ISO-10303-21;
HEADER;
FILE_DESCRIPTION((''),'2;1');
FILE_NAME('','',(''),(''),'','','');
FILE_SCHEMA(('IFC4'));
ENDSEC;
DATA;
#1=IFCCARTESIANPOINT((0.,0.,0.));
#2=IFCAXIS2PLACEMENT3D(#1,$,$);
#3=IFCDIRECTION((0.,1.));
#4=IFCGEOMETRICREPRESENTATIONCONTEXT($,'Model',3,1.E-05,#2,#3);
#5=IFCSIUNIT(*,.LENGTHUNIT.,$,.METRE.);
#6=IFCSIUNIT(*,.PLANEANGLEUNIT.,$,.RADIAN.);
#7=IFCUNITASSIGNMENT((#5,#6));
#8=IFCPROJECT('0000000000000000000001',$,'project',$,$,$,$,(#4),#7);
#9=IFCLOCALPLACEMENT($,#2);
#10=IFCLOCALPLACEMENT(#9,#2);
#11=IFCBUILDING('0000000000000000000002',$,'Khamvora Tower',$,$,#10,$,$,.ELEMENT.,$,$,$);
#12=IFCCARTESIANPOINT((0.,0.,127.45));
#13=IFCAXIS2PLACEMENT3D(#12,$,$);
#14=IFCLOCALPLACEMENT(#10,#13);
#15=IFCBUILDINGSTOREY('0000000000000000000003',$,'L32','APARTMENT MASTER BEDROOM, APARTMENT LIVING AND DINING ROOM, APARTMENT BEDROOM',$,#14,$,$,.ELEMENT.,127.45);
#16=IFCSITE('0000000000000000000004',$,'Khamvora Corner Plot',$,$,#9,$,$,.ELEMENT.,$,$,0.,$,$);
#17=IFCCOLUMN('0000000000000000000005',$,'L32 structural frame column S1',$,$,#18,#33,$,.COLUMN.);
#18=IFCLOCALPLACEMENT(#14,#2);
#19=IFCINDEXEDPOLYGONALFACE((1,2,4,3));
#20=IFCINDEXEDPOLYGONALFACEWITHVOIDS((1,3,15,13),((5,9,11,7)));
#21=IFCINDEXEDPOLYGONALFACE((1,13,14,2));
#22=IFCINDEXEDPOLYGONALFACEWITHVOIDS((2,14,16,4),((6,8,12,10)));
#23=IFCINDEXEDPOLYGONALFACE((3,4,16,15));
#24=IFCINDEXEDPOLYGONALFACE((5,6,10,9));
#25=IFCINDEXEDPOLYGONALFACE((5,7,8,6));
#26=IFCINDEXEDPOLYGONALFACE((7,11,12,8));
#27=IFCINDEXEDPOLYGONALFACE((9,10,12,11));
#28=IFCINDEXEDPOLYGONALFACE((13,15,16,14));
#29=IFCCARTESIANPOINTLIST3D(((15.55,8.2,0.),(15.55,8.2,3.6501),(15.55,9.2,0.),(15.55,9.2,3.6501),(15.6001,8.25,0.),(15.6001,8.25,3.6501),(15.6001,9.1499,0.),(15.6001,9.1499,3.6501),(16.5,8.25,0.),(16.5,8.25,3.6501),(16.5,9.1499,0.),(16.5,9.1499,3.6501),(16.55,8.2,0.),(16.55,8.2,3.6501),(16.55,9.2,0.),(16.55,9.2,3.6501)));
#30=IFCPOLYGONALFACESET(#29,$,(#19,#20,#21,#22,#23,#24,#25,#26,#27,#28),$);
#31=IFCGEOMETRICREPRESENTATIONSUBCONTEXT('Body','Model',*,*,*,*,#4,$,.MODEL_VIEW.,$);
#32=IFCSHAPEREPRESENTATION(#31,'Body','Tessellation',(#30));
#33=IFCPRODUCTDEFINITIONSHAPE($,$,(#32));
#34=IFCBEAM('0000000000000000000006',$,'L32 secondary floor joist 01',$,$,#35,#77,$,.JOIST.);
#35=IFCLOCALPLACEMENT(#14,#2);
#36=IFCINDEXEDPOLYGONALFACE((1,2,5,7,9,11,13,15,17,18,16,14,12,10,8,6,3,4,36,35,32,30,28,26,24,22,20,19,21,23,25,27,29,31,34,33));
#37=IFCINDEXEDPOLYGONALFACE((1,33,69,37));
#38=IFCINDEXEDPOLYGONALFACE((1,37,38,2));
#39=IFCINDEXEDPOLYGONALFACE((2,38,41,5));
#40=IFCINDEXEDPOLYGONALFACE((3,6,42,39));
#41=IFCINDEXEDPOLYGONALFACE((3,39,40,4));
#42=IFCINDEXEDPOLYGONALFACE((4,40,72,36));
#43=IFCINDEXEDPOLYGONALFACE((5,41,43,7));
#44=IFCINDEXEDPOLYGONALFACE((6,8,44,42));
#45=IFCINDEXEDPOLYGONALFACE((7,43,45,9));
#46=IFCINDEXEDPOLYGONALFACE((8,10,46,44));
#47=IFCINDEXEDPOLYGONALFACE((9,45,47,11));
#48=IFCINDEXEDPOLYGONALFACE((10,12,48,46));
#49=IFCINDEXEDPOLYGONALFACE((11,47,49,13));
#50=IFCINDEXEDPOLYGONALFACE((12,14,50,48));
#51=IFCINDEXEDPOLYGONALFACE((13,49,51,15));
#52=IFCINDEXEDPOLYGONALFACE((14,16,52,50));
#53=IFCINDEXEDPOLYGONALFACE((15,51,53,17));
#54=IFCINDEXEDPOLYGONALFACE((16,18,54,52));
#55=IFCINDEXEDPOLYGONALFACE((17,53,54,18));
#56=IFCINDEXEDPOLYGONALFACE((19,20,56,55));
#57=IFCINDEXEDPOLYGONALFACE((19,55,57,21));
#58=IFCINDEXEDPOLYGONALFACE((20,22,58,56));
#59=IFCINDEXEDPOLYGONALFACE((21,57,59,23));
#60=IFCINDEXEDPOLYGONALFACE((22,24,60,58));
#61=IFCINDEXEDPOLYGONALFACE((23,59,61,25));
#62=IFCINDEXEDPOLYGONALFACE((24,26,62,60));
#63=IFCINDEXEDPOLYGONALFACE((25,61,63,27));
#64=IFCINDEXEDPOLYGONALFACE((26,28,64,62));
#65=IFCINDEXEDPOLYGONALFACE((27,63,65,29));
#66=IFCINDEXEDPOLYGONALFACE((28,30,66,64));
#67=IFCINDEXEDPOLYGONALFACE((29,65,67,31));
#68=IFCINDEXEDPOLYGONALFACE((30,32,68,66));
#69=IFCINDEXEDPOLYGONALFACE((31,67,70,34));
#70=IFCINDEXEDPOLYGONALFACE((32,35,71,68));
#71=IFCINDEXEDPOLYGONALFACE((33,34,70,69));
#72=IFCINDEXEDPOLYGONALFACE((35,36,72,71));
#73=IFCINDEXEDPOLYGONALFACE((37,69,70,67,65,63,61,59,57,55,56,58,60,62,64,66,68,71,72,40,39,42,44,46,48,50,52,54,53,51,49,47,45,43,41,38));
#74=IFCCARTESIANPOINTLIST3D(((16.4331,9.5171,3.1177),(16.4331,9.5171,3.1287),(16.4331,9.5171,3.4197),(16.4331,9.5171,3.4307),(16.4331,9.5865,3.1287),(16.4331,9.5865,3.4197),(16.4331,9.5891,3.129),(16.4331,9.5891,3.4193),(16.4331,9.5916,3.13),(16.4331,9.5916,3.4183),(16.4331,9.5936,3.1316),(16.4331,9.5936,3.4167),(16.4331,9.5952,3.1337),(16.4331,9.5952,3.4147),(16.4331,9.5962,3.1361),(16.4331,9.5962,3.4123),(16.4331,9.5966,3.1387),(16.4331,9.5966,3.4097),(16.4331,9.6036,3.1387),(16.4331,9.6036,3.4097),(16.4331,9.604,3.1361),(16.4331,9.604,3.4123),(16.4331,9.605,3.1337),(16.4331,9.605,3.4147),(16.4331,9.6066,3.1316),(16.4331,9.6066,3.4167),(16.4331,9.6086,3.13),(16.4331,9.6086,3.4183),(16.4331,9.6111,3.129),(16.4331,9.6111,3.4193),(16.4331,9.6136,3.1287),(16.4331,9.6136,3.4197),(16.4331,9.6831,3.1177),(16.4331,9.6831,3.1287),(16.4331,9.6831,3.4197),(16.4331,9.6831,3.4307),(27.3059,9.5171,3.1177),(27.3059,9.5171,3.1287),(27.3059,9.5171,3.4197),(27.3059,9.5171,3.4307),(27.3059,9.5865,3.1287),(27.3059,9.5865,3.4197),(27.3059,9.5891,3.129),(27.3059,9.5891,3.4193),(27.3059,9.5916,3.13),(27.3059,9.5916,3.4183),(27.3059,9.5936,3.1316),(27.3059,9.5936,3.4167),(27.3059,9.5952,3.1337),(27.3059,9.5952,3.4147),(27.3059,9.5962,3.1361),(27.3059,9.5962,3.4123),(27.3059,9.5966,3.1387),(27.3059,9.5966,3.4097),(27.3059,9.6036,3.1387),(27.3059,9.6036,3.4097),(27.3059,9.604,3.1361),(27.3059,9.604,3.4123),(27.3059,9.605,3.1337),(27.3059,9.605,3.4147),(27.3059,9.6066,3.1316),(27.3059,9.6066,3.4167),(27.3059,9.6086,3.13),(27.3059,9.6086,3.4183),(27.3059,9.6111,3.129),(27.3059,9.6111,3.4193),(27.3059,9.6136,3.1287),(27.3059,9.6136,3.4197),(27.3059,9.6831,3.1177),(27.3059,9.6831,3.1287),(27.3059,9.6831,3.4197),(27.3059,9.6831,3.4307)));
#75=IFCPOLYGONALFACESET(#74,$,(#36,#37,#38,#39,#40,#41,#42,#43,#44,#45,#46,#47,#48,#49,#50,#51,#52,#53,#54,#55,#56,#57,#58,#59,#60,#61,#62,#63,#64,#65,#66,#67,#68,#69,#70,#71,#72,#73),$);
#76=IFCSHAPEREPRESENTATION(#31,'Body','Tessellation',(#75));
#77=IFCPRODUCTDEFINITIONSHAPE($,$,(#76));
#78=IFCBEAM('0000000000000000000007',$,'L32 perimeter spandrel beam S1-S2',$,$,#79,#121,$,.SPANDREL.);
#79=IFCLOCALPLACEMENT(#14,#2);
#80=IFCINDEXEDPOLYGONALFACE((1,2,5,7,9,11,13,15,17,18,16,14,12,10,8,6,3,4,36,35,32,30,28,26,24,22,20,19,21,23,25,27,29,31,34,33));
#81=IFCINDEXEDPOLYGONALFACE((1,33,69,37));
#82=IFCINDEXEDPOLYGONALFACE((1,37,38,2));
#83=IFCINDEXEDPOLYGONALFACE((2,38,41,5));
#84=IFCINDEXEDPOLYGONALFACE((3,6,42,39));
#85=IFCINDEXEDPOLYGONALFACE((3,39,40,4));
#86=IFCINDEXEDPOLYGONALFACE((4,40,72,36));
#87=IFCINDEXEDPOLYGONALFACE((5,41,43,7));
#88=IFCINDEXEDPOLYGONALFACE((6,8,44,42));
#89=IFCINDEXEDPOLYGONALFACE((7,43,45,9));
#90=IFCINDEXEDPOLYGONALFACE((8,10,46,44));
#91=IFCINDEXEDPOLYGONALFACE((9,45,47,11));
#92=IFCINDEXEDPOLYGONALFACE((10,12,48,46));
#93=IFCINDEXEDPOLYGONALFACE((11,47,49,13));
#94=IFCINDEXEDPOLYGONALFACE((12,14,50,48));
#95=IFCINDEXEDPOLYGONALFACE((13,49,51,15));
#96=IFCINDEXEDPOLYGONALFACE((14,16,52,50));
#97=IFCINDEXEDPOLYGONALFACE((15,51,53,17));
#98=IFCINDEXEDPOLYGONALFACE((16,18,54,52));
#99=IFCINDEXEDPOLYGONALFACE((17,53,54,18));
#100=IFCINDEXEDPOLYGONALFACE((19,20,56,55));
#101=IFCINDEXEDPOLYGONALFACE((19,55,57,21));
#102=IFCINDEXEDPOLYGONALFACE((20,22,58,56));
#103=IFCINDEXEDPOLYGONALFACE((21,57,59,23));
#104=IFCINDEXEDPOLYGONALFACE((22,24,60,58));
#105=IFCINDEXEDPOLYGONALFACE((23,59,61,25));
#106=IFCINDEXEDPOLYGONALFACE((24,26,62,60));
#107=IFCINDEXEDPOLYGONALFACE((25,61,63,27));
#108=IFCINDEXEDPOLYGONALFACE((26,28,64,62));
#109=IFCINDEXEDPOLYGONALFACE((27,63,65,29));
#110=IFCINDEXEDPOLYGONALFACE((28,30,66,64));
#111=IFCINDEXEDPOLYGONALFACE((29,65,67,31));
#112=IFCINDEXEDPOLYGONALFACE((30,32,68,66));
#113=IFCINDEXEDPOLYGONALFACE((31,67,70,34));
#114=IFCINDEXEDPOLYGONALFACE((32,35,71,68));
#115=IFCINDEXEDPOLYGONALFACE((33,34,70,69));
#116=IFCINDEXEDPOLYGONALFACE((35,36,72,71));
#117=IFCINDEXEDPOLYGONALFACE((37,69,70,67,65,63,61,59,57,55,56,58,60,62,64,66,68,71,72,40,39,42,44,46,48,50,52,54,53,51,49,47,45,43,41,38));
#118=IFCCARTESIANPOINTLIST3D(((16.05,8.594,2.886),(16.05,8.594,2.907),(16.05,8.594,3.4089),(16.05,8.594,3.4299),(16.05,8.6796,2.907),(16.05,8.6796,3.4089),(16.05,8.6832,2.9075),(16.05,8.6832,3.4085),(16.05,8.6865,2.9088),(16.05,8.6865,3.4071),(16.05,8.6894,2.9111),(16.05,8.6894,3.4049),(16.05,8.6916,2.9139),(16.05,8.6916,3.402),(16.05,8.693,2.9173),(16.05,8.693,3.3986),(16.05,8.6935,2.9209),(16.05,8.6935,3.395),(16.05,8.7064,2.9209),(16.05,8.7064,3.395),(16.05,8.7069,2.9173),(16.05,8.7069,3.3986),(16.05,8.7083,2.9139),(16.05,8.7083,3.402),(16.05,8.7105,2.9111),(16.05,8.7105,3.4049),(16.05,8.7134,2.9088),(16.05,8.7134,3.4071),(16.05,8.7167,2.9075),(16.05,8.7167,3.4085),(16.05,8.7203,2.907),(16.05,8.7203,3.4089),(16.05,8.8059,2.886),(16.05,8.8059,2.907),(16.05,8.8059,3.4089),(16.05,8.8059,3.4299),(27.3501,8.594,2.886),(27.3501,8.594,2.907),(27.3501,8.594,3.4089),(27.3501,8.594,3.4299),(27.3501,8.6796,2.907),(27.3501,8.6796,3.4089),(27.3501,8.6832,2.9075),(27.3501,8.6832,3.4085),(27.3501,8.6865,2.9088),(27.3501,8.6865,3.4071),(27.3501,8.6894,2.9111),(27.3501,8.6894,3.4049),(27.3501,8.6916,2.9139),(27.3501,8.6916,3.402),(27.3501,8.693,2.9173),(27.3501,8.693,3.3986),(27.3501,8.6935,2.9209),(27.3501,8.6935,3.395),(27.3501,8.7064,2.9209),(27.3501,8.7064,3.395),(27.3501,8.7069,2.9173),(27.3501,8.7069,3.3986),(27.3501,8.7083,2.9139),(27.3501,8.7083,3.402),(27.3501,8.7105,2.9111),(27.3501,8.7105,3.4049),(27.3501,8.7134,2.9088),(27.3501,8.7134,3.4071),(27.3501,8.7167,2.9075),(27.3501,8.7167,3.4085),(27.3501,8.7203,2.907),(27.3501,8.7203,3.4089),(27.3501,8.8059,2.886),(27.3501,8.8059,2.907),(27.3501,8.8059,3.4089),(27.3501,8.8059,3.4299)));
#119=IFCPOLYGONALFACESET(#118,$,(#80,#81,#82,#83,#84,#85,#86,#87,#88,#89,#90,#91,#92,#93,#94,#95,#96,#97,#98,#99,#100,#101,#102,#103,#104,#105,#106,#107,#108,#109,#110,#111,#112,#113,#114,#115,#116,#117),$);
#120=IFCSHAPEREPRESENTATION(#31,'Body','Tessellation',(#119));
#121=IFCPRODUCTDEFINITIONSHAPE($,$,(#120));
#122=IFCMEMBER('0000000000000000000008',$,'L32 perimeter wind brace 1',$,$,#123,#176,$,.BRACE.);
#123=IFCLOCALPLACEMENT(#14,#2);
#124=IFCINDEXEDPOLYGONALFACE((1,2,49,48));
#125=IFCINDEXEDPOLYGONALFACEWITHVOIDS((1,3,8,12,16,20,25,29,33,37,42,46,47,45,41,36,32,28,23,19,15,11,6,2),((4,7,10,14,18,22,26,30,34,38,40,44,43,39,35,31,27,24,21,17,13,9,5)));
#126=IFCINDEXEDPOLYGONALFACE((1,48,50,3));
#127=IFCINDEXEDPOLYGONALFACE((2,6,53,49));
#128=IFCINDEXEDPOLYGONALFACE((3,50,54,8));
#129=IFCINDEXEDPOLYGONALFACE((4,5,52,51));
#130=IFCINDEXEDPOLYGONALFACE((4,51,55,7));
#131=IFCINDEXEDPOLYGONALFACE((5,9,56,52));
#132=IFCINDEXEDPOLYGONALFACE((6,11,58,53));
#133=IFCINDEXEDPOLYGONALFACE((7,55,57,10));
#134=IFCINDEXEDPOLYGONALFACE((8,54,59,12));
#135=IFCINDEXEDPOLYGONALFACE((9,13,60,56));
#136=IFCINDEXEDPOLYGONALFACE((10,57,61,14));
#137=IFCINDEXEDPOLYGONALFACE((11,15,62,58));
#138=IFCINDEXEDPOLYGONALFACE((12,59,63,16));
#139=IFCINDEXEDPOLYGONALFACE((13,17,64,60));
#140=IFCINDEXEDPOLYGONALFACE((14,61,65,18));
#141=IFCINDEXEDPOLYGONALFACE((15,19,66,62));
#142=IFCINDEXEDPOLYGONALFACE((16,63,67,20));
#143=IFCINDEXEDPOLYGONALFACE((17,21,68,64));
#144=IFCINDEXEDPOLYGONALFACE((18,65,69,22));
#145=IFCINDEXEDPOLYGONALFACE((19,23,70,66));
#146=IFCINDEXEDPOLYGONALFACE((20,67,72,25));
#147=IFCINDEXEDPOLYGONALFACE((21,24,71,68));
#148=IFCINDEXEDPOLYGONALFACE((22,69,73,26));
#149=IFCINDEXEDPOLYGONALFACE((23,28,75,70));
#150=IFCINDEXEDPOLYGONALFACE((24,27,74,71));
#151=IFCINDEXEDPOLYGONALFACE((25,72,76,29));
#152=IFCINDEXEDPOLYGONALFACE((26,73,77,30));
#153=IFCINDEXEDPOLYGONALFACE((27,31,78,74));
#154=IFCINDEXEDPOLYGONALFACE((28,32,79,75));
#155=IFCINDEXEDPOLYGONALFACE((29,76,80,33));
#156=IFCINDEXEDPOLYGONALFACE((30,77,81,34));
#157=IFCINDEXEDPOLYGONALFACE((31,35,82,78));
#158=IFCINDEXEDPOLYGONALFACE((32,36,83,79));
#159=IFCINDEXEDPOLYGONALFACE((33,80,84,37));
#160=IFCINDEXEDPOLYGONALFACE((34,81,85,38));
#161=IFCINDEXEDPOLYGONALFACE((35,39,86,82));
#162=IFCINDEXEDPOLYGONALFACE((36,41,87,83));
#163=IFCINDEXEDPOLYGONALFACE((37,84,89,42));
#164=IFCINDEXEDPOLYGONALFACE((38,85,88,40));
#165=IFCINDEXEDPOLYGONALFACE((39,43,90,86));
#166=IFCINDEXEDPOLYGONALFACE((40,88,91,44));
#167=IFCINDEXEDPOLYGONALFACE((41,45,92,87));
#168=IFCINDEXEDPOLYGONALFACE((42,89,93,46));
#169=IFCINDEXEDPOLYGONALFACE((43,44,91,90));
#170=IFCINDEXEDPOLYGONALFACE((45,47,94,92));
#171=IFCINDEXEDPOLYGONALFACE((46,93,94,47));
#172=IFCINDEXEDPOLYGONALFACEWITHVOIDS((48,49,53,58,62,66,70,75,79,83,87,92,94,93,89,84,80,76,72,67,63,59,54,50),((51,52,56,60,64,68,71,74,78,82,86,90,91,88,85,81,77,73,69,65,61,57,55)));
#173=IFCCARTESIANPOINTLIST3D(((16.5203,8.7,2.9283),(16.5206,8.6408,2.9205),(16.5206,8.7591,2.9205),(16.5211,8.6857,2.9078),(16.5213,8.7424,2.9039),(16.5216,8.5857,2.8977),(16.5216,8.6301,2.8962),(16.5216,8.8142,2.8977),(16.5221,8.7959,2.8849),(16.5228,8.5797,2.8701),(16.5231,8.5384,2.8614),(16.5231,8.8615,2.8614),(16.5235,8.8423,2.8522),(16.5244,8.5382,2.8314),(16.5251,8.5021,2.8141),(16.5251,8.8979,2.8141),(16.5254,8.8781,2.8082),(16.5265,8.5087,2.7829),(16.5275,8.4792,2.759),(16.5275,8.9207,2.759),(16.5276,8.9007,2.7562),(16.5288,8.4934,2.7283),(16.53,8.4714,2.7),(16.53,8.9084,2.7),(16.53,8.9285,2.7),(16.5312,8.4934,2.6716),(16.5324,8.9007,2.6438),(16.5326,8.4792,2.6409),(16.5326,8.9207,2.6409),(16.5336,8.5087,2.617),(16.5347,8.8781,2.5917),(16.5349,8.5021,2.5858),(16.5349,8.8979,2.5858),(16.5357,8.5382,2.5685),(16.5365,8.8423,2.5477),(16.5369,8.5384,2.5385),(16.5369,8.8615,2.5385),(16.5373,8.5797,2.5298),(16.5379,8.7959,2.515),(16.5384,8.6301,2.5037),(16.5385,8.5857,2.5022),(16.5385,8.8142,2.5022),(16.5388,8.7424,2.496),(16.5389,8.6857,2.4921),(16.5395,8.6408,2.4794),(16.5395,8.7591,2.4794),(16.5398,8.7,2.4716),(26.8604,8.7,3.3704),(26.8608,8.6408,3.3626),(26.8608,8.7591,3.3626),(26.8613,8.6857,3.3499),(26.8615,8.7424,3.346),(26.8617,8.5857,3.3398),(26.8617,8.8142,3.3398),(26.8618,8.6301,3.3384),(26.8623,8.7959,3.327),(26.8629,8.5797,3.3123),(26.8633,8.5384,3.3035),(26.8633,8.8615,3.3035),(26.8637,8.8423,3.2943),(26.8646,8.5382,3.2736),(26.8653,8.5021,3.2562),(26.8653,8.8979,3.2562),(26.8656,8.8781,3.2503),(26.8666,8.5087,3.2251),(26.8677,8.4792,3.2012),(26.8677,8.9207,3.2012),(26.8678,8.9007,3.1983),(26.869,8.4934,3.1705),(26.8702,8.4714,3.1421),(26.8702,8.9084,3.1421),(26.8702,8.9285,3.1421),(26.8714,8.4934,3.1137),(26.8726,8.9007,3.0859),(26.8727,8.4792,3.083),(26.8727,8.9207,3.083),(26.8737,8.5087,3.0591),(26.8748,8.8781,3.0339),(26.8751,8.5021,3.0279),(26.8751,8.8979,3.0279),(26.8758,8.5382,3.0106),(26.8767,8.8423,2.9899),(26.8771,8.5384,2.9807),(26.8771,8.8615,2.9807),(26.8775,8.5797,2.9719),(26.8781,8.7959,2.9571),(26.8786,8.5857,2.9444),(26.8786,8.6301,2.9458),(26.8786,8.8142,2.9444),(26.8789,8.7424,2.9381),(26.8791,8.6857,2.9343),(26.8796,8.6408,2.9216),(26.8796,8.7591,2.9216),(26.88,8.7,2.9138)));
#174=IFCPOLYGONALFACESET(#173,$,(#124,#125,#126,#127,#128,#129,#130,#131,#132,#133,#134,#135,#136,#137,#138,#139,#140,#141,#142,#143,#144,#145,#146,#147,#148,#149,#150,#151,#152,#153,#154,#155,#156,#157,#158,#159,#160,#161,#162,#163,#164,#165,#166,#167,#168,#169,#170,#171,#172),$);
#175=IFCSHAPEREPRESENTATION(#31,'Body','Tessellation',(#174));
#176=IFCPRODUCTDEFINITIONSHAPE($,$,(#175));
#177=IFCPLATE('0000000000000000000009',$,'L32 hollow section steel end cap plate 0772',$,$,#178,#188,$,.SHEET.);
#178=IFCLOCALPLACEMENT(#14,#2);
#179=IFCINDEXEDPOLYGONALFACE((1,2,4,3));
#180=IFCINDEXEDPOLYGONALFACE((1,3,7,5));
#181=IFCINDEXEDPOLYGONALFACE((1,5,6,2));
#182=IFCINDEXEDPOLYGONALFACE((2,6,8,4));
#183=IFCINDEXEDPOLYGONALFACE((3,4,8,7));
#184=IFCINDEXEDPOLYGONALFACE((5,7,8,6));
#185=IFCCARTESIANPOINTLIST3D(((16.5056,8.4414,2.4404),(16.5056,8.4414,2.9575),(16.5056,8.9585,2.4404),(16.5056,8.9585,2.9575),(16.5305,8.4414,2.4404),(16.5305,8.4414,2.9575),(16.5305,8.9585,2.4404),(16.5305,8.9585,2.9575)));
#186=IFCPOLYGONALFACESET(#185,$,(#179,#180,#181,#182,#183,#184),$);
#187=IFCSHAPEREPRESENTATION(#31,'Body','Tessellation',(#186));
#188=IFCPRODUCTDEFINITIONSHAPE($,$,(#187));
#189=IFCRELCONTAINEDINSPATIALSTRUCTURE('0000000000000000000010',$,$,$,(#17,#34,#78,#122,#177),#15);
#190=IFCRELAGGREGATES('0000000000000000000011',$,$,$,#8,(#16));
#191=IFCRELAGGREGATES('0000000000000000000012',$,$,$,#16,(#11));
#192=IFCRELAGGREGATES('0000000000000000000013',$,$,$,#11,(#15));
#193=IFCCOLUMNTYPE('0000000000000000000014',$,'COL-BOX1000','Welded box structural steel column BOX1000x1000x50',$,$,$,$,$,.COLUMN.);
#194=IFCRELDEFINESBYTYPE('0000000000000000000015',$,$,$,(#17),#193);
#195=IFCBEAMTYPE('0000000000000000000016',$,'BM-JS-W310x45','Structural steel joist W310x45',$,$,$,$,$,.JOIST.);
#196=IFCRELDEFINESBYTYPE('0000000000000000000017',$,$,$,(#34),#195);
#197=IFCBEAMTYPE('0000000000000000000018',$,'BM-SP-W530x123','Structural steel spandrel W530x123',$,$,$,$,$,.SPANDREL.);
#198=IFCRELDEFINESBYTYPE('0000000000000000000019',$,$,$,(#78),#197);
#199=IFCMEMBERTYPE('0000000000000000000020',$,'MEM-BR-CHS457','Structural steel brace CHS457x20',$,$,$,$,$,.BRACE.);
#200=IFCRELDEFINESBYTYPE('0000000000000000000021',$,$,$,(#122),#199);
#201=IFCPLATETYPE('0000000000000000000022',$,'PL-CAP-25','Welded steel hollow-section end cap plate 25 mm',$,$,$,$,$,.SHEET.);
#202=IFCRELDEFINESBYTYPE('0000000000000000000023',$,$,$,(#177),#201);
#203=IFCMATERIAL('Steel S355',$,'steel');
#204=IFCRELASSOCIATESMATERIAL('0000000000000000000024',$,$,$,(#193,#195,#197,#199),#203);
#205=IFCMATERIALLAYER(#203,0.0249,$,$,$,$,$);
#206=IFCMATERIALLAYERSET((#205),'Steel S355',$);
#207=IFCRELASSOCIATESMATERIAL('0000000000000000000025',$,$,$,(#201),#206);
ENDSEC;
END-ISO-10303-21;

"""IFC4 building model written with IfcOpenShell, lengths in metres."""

from ifc_helpers import new_model, si_unit, direction, frame, origin, origin_2d, place, context, subcontext, project, spatial, rectangle, hollow_rectangle, hollow_circle, i_section, extrude, material, layer, layer_set, material_profile, profile_set, type_object, element, save


model = new_model("IFC4")

# Units and contexts
model_context = context("Model", 3, precision=1e-05, world=origin(), true_north=direction((0.0, 1.0)))
body_context = subcontext(model_context, "Body", "Model", "MODEL_VIEW")
ifc_project = project(units=[si_unit("LENGTHUNIT", "METRE"), si_unit("PLANEANGLEUNIT", "RADIAN")], contexts=[model_context])

# Site, building, storey
site_placement = place(None, origin())
site = spatial("IfcSite", under=ifc_project, at=site_placement, Name="Khamvora Corner Plot", CompositionType="ELEMENT", RefElevation=0.0)
building_placement = place(site_placement, origin())
building = spatial("IfcBuilding", under=site, at=building_placement, Name="Khamvora Tower", CompositionType="ELEMENT")
storey_placement = place(building_placement, frame((0.0, 0.0, 127.45)))
storey = spatial("IfcBuildingStorey", under=building, at=storey_placement, Name="L32", Description="APARTMENT MASTER BEDROOM, APARTMENT LIVING AND DINING ROOM, APARTMENT BEDROOM", CompositionType="ELEMENT", Elevation=127.45)

# Column
ifc_material_1 = material(Name="Steel S355", Category="steel")
ifc_material_profile_1 = material_profile(ifc_material_1, hollow_rectangle(XDim=1.0, YDim=1.0, WallThickness=0.05, at=origin_2d()), Name="BOX1000x1000x50")
ifc_profile_set_1 = profile_set([ifc_material_profile_1], Name="Steel S355")
column_type = type_object("IfcColumnType", Name="COL-BOX1000", Description="Welded box structural steel column BOX1000x1000x50", PredefinedType="COLUMN", material=ifc_profile_set_1)
column_placement = place(storey_placement, frame((16.05, 8.7, 0.0), z_axis=(0.0, 0.0, 1.0), x_axis=(1.0, 0.0, 0.0)))
element("IfcColumn", 1, at=column_placement, inside=storey, type_object=column_type, Name="L32 structural frame column S1", PredefinedType="COLUMN", context=body_context, shape_type="SweptSolid", body=[
    extrude(hollow_rectangle(XDim=1.0, YDim=1.0, WallThickness=0.05, at=origin_2d()), origin(), (0.0, 0.0, 1.0), 3.6501),
])

# Beams
ifc_material_profile_2 = material_profile(ifc_material_1, i_section(OverallWidth=0.166, OverallDepth=0.313, WebThickness=0.0071, FlangeThickness=0.011, FilletRadius=0.01, at=origin_2d()), Name="W310x45")
ifc_profile_set_2 = profile_set([ifc_material_profile_2], Name="Steel S355")
beam_type_1 = type_object("IfcBeamType", Name="BM-JS-W310x45", Description="Structural steel joist W310x45", PredefinedType="JOIST", material=ifc_profile_set_2)
beam_1_placement = place(storey_placement, frame((16.4331, 9.6001, 3.2742), z_axis=(1.0, 0.0, 0.0), x_axis=(0.0, 1.0, 0.0)))
element("IfcBeam", 2, at=beam_1_placement, inside=storey, type_object=beam_type_1, Name="L32 secondary floor joist 01", PredefinedType="JOIST", context=body_context, shape_type="SweptSolid", body=[
    extrude(i_section(OverallWidth=0.166, OverallDepth=0.313, WebThickness=0.0071, FlangeThickness=0.011, FilletRadius=0.01, at=origin_2d()), origin(), (0.0, 0.0, 1.0), 10.8728),
])
ifc_material_profile_3 = material_profile(ifc_material_1, i_section(OverallWidth=0.2119, OverallDepth=0.5439, WebThickness=0.0129, FlangeThickness=0.021, FilletRadius=0.0139, at=origin_2d()), Name="W530x123")
ifc_profile_set_3 = profile_set([ifc_material_profile_3], Name="Steel S355")
beam_type_2 = type_object("IfcBeamType", Name="BM-SP-W530x123", Description="Structural steel spandrel W530x123", PredefinedType="SPANDREL", material=ifc_profile_set_3)
beam_2_placement = place(storey_placement, frame((16.05, 8.7, 3.158), z_axis=(1.0, 0.0, 0.0), x_axis=(0.0, 1.0, 0.0)))
element("IfcBeam", 3, at=beam_2_placement, inside=storey, type_object=beam_type_2, Name="L32 perimeter spandrel beam S1-S2", PredefinedType="SPANDREL", context=body_context, shape_type="SweptSolid", body=[
    extrude(i_section(OverallWidth=0.2119, OverallDepth=0.5439, WebThickness=0.0129, FlangeThickness=0.021, FilletRadius=0.0139, at=origin_2d()), origin(), (0.0, 0.0, 1.0), 11.3),
])

# Member
ifc_material_profile_4 = material_profile(ifc_material_1, hollow_circle(Radius=0.2285, WallThickness=0.02, at=origin_2d()), Name="CHS457x20")
ifc_profile_set_4 = profile_set([ifc_material_profile_4], Name="Steel S355")
member_type = type_object("IfcMemberType", Name="MEM-BR-CHS457", Description="Structural steel brace CHS457x20", PredefinedType="BRACE", material=ifc_profile_set_4)
member_placement = place(storey_placement, frame((16.53, 8.7, 2.7), z_axis=(0.999087, 0.0, 0.042721), x_axis=(0.0, 1.0, 0.0)))
element("IfcMember", 4, at=member_placement, inside=storey, type_object=member_type, Name="L32 perimeter wind brace 1", PredefinedType="BRACE", context=body_context, shape_type="SweptSolid", body=[
    extrude(hollow_circle(Radius=0.2285, WallThickness=0.02, at=origin_2d()), origin(), (0.0, 0.0, 1.0), 10.3496),
])

# Plate
ifc_layer_1 = layer(ifc_material_1, 0.0249)
ifc_layer_set_1 = layer_set([ifc_layer_1], Name="Steel S355")
plate_type_1 = type_object("IfcPlateType", Name="PL-CAP-25", Description="Welded steel hollow-section end cap plate 25 mm", PredefinedType="SHEET", material=ifc_layer_set_1)
plate_1_placement = place(storey_placement, frame((16.5181, 8.7, 2.4404), z_axis=(0.0, 0.0, 1.0), x_axis=(1.0, 0.0, 0.0)))
element("IfcPlate", 5, at=plate_1_placement, inside=storey, type_object=plate_type_1, Name="L32 hollow section steel end cap plate 0772", PredefinedType="SHEET", context=body_context, shape_type="SweptSolid", body=[
    extrude(rectangle(XDim=0.0249, YDim=0.5171, at=origin_2d()), origin(), (0.0, 0.0, 1.0), 0.5171),
])

save(model, "model.ifc")
